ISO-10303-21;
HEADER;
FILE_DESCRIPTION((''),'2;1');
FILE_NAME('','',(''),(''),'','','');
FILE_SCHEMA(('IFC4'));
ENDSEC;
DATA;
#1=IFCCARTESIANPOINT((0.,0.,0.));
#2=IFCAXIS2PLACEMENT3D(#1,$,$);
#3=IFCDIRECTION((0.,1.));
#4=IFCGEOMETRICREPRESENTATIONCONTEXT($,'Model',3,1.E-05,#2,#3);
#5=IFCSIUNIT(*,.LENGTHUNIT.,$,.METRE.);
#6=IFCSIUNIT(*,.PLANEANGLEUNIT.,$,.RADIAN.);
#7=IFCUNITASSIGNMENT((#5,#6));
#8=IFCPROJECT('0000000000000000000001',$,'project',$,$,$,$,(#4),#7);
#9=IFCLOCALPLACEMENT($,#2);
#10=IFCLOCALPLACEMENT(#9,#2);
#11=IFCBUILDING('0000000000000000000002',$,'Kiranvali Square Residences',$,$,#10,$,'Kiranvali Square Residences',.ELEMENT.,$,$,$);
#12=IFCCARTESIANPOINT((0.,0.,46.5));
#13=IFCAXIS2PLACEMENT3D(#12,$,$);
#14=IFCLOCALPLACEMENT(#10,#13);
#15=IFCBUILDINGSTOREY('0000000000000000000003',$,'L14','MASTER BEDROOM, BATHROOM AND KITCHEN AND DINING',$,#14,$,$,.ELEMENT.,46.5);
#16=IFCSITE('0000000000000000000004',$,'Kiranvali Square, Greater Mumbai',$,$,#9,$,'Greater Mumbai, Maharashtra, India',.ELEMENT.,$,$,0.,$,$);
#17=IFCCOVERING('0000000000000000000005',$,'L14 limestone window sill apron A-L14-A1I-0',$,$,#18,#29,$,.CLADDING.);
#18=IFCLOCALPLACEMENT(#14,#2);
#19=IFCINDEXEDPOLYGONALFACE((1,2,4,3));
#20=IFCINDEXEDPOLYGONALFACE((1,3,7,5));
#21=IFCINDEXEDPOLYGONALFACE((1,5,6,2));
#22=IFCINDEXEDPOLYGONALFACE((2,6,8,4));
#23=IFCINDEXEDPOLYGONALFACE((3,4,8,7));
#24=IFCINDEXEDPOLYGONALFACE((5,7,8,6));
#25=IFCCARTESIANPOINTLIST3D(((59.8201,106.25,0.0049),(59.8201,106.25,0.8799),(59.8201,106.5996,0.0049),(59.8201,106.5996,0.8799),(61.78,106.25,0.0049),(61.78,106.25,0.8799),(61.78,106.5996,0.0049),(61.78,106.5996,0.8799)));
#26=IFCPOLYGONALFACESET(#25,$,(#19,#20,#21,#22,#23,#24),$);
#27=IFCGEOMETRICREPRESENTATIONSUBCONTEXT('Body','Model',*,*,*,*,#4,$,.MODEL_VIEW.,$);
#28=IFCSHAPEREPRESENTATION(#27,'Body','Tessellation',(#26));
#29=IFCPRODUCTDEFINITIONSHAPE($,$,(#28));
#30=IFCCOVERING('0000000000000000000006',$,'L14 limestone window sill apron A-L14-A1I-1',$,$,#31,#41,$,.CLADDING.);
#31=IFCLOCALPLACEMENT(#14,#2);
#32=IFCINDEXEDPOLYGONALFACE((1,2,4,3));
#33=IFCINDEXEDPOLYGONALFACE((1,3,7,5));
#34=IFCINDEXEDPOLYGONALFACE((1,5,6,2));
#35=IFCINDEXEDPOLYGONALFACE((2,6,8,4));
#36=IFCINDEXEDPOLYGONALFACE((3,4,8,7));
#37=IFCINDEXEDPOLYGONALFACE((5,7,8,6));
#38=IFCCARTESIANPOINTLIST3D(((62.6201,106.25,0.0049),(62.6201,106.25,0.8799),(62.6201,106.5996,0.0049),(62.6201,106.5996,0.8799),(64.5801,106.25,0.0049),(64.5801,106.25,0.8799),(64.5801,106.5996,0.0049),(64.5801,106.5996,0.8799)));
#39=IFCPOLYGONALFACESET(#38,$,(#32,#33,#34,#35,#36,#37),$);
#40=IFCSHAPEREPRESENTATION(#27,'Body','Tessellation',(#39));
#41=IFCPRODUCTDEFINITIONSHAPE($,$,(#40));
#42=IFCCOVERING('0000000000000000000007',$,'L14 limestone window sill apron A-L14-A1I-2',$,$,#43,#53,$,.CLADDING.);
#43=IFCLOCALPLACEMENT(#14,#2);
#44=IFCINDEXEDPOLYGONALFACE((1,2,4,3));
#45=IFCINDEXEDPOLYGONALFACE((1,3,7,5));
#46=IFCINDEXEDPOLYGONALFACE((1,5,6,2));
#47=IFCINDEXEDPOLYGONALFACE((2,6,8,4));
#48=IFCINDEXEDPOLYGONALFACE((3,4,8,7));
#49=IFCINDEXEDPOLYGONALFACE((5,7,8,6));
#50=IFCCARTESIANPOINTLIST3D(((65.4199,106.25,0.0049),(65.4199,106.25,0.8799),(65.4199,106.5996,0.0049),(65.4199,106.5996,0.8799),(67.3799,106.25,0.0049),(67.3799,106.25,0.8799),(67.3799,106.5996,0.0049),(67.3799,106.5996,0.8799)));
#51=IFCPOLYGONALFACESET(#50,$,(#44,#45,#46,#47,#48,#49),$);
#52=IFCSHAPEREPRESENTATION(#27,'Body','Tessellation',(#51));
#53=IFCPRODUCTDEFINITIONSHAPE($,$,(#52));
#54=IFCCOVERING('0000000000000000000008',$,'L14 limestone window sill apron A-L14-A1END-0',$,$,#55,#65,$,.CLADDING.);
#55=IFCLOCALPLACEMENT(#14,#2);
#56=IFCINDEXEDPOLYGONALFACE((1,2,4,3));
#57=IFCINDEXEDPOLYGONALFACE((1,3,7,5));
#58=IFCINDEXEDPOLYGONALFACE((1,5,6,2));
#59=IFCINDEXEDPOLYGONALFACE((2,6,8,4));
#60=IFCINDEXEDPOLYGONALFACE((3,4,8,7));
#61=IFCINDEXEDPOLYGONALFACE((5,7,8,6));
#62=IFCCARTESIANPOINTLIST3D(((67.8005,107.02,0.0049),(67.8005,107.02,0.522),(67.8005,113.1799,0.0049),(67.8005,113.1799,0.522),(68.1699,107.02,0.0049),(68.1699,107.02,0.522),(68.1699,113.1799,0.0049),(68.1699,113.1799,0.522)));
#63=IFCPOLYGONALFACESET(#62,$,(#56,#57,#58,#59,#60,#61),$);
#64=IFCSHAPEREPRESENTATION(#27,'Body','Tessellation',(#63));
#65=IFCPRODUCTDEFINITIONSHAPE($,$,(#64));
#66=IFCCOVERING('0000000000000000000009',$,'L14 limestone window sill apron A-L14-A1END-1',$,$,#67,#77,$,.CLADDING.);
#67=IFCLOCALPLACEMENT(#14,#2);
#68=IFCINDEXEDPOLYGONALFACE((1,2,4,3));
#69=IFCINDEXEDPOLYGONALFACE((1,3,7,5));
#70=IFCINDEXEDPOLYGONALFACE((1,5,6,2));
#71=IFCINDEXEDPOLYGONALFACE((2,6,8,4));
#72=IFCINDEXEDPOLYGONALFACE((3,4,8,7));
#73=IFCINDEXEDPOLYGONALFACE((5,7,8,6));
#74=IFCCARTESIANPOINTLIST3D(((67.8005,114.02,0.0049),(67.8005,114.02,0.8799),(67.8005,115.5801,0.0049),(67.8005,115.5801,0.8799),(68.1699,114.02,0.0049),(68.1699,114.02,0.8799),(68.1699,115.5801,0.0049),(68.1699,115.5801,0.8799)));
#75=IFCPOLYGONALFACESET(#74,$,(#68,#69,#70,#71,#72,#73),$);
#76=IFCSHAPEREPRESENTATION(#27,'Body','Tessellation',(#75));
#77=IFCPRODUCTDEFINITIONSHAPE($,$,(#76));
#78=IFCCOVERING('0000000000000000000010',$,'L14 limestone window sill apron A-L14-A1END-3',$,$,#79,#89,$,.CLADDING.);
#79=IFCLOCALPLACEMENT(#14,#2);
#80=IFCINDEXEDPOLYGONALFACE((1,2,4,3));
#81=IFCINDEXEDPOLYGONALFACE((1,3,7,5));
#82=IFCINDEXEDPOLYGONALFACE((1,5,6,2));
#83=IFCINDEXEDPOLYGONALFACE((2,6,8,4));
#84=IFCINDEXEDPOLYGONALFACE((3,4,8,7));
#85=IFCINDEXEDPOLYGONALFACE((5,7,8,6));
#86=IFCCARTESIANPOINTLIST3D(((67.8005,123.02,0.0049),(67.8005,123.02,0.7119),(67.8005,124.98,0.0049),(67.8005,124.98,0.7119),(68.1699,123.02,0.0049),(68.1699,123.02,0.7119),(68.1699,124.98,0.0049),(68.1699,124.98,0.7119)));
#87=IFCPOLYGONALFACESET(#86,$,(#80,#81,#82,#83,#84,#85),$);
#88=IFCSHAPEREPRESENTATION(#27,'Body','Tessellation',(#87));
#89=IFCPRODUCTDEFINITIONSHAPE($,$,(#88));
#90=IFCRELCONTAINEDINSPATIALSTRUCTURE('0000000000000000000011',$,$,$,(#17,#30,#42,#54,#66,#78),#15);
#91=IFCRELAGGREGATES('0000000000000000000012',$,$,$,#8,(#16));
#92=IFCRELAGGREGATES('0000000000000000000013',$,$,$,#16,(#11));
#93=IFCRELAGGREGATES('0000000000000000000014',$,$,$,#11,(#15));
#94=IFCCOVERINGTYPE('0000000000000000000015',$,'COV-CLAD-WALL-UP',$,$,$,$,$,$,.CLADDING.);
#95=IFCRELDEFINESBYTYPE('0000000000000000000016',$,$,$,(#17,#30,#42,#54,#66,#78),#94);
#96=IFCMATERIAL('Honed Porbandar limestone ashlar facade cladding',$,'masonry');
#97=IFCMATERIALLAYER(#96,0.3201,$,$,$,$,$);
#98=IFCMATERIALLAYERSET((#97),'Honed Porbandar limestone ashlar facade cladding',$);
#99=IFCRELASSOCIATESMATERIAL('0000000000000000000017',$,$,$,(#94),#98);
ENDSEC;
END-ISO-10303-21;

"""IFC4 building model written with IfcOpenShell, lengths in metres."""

from ifc_helpers import new_model, si_unit, direction, frame, origin, place, context, subcontext, project, spatial, polyline, outline, extrude, material, layer, layer_set, type_object, element, save


model = new_model("IFC4")

# Units and contexts
model_context = context("Model", 3, precision=1e-05, world=origin(), true_north=direction((0.0, 1.0)))
body_context = subcontext(model_context, "Body", "Model", "MODEL_VIEW")
ifc_project = project(units=[si_unit("LENGTHUNIT", "METRE"), si_unit("PLANEANGLEUNIT", "RADIAN")], contexts=[model_context])

# Site, building, storey
site_placement = place(None, origin())
site = spatial("IfcSite", under=ifc_project, at=site_placement, Name="Kiranvali Square, Greater Mumbai", LongName="Greater Mumbai, Maharashtra, India", CompositionType="ELEMENT", RefElevation=0.0)
building_placement = place(site_placement, origin())
building = spatial("IfcBuilding", under=site, at=building_placement, Name="Kiranvali Square Residences", LongName="Kiranvali Square Residences", CompositionType="ELEMENT")
storey_placement = place(building_placement, frame((0.0, 0.0, 46.5)))
storey = spatial("IfcBuildingStorey", under=building, at=storey_placement, Name="L14", Description="MASTER BEDROOM, BATHROOM AND KITCHEN AND DINING", CompositionType="ELEMENT", Elevation=46.5)

# Coverings
ifc_material = material(Name="Honed Porbandar limestone ashlar facade cladding", Category="masonry")
ifc_layer_1 = layer(ifc_material, 0.3201)
ifc_layer_set_1 = layer_set([ifc_layer_1], Name="Honed Porbandar limestone ashlar facade cladding")
covering_type_1 = type_object("IfcCoveringType", Name="COV-CLAD-WALL-UP", PredefinedType="CLADDING", material=ifc_layer_set_1)
covering_1_placement = place(storey_placement, frame((0.0, 0.0, 0.0049)))
element("IfcCovering", 1, at=covering_1_placement, inside=storey, type_object=covering_type_1, Name="L14 limestone window sill apron A-L14-A1I-0", PredefinedType="CLADDING", context=body_context, shape_type="SweptSolid", body=[
    extrude(outline(polyline([(59.8201, 106.25), (61.78, 106.25), (61.78, 106.5996), (59.8201, 106.5996), (59.8201, 106.25)])), origin(), (0.0, 0.0, 1.0), 0.875),
])
covering_2_placement = place(storey_placement, frame((0.0, 0.0, 0.0049)))
element("IfcCovering", 2, at=covering_2_placement, inside=storey, type_object=covering_type_1, Name="L14 limestone window sill apron A-L14-A1I-1", PredefinedType="CLADDING", context=body_context, shape_type="SweptSolid", body=[
    extrude(outline(polyline([(62.6201, 106.25), (64.5801, 106.25), (64.5801, 106.5996), (62.6201, 106.5996), (62.6201, 106.25)])), origin(), (0.0, 0.0, 1.0), 0.875),
])
covering_3_placement = place(storey_placement, frame((0.0, 0.0, 0.0049)))
element("IfcCovering", 3, at=covering_3_placement, inside=storey, type_object=covering_type_1, Name="L14 limestone window sill apron A-L14-A1I-2", PredefinedType="CLADDING", context=body_context, shape_type="SweptSolid", body=[
    extrude(outline(polyline([(65.4199, 106.25), (67.3799, 106.25), (67.3799, 106.5996), (65.4199, 106.5996), (65.4199, 106.25)])), origin(), (0.0, 0.0, 1.0), 0.875),
])
covering_4_placement = place(storey_placement, frame((0.0, 0.0, 0.0049)))
element("IfcCovering", 4, at=covering_4_placement, inside=storey, type_object=covering_type_1, Name="L14 limestone window sill apron A-L14-A1END-0", PredefinedType="CLADDING", context=body_context, shape_type="SweptSolid", body=[
    extrude(outline(polyline([(68.1699, 107.02), (68.1699, 113.1799), (67.8005, 113.1799), (67.8005, 107.02), (68.1699, 107.02)])), origin(), (0.0, 0.0, 1.0), 0.5171),
])
covering_5_placement = place(storey_placement, frame((0.0, 0.0, 0.0049)))
element("IfcCovering", 5, at=covering_5_placement, inside=storey, type_object=covering_type_1, Name="L14 limestone window sill apron A-L14-A1END-1", PredefinedType="CLADDING", context=body_context, shape_type="SweptSolid", body=[
    extrude(outline(polyline([(68.1699, 114.02), (68.1699, 115.5801), (67.8005, 115.5801), (67.8005, 114.02), (68.1699, 114.02)])), origin(), (0.0, 0.0, 1.0), 0.875),
])
covering_6_placement = place(storey_placement, frame((0.0, 0.0, 0.0049)))
element("IfcCovering", 6, at=covering_6_placement, inside=storey, type_object=covering_type_1, Name="L14 limestone window sill apron A-L14-A1END-3", PredefinedType="CLADDING", context=body_context, shape_type="SweptSolid", body=[
    extrude(outline(polyline([(68.1699, 123.02), (68.1699, 124.98), (67.8005, 124.98), (67.8005, 123.02), (68.1699, 123.02)])), origin(), (0.0, 0.0, 1.0), 0.707),
])

save(model, "model.ifc")
